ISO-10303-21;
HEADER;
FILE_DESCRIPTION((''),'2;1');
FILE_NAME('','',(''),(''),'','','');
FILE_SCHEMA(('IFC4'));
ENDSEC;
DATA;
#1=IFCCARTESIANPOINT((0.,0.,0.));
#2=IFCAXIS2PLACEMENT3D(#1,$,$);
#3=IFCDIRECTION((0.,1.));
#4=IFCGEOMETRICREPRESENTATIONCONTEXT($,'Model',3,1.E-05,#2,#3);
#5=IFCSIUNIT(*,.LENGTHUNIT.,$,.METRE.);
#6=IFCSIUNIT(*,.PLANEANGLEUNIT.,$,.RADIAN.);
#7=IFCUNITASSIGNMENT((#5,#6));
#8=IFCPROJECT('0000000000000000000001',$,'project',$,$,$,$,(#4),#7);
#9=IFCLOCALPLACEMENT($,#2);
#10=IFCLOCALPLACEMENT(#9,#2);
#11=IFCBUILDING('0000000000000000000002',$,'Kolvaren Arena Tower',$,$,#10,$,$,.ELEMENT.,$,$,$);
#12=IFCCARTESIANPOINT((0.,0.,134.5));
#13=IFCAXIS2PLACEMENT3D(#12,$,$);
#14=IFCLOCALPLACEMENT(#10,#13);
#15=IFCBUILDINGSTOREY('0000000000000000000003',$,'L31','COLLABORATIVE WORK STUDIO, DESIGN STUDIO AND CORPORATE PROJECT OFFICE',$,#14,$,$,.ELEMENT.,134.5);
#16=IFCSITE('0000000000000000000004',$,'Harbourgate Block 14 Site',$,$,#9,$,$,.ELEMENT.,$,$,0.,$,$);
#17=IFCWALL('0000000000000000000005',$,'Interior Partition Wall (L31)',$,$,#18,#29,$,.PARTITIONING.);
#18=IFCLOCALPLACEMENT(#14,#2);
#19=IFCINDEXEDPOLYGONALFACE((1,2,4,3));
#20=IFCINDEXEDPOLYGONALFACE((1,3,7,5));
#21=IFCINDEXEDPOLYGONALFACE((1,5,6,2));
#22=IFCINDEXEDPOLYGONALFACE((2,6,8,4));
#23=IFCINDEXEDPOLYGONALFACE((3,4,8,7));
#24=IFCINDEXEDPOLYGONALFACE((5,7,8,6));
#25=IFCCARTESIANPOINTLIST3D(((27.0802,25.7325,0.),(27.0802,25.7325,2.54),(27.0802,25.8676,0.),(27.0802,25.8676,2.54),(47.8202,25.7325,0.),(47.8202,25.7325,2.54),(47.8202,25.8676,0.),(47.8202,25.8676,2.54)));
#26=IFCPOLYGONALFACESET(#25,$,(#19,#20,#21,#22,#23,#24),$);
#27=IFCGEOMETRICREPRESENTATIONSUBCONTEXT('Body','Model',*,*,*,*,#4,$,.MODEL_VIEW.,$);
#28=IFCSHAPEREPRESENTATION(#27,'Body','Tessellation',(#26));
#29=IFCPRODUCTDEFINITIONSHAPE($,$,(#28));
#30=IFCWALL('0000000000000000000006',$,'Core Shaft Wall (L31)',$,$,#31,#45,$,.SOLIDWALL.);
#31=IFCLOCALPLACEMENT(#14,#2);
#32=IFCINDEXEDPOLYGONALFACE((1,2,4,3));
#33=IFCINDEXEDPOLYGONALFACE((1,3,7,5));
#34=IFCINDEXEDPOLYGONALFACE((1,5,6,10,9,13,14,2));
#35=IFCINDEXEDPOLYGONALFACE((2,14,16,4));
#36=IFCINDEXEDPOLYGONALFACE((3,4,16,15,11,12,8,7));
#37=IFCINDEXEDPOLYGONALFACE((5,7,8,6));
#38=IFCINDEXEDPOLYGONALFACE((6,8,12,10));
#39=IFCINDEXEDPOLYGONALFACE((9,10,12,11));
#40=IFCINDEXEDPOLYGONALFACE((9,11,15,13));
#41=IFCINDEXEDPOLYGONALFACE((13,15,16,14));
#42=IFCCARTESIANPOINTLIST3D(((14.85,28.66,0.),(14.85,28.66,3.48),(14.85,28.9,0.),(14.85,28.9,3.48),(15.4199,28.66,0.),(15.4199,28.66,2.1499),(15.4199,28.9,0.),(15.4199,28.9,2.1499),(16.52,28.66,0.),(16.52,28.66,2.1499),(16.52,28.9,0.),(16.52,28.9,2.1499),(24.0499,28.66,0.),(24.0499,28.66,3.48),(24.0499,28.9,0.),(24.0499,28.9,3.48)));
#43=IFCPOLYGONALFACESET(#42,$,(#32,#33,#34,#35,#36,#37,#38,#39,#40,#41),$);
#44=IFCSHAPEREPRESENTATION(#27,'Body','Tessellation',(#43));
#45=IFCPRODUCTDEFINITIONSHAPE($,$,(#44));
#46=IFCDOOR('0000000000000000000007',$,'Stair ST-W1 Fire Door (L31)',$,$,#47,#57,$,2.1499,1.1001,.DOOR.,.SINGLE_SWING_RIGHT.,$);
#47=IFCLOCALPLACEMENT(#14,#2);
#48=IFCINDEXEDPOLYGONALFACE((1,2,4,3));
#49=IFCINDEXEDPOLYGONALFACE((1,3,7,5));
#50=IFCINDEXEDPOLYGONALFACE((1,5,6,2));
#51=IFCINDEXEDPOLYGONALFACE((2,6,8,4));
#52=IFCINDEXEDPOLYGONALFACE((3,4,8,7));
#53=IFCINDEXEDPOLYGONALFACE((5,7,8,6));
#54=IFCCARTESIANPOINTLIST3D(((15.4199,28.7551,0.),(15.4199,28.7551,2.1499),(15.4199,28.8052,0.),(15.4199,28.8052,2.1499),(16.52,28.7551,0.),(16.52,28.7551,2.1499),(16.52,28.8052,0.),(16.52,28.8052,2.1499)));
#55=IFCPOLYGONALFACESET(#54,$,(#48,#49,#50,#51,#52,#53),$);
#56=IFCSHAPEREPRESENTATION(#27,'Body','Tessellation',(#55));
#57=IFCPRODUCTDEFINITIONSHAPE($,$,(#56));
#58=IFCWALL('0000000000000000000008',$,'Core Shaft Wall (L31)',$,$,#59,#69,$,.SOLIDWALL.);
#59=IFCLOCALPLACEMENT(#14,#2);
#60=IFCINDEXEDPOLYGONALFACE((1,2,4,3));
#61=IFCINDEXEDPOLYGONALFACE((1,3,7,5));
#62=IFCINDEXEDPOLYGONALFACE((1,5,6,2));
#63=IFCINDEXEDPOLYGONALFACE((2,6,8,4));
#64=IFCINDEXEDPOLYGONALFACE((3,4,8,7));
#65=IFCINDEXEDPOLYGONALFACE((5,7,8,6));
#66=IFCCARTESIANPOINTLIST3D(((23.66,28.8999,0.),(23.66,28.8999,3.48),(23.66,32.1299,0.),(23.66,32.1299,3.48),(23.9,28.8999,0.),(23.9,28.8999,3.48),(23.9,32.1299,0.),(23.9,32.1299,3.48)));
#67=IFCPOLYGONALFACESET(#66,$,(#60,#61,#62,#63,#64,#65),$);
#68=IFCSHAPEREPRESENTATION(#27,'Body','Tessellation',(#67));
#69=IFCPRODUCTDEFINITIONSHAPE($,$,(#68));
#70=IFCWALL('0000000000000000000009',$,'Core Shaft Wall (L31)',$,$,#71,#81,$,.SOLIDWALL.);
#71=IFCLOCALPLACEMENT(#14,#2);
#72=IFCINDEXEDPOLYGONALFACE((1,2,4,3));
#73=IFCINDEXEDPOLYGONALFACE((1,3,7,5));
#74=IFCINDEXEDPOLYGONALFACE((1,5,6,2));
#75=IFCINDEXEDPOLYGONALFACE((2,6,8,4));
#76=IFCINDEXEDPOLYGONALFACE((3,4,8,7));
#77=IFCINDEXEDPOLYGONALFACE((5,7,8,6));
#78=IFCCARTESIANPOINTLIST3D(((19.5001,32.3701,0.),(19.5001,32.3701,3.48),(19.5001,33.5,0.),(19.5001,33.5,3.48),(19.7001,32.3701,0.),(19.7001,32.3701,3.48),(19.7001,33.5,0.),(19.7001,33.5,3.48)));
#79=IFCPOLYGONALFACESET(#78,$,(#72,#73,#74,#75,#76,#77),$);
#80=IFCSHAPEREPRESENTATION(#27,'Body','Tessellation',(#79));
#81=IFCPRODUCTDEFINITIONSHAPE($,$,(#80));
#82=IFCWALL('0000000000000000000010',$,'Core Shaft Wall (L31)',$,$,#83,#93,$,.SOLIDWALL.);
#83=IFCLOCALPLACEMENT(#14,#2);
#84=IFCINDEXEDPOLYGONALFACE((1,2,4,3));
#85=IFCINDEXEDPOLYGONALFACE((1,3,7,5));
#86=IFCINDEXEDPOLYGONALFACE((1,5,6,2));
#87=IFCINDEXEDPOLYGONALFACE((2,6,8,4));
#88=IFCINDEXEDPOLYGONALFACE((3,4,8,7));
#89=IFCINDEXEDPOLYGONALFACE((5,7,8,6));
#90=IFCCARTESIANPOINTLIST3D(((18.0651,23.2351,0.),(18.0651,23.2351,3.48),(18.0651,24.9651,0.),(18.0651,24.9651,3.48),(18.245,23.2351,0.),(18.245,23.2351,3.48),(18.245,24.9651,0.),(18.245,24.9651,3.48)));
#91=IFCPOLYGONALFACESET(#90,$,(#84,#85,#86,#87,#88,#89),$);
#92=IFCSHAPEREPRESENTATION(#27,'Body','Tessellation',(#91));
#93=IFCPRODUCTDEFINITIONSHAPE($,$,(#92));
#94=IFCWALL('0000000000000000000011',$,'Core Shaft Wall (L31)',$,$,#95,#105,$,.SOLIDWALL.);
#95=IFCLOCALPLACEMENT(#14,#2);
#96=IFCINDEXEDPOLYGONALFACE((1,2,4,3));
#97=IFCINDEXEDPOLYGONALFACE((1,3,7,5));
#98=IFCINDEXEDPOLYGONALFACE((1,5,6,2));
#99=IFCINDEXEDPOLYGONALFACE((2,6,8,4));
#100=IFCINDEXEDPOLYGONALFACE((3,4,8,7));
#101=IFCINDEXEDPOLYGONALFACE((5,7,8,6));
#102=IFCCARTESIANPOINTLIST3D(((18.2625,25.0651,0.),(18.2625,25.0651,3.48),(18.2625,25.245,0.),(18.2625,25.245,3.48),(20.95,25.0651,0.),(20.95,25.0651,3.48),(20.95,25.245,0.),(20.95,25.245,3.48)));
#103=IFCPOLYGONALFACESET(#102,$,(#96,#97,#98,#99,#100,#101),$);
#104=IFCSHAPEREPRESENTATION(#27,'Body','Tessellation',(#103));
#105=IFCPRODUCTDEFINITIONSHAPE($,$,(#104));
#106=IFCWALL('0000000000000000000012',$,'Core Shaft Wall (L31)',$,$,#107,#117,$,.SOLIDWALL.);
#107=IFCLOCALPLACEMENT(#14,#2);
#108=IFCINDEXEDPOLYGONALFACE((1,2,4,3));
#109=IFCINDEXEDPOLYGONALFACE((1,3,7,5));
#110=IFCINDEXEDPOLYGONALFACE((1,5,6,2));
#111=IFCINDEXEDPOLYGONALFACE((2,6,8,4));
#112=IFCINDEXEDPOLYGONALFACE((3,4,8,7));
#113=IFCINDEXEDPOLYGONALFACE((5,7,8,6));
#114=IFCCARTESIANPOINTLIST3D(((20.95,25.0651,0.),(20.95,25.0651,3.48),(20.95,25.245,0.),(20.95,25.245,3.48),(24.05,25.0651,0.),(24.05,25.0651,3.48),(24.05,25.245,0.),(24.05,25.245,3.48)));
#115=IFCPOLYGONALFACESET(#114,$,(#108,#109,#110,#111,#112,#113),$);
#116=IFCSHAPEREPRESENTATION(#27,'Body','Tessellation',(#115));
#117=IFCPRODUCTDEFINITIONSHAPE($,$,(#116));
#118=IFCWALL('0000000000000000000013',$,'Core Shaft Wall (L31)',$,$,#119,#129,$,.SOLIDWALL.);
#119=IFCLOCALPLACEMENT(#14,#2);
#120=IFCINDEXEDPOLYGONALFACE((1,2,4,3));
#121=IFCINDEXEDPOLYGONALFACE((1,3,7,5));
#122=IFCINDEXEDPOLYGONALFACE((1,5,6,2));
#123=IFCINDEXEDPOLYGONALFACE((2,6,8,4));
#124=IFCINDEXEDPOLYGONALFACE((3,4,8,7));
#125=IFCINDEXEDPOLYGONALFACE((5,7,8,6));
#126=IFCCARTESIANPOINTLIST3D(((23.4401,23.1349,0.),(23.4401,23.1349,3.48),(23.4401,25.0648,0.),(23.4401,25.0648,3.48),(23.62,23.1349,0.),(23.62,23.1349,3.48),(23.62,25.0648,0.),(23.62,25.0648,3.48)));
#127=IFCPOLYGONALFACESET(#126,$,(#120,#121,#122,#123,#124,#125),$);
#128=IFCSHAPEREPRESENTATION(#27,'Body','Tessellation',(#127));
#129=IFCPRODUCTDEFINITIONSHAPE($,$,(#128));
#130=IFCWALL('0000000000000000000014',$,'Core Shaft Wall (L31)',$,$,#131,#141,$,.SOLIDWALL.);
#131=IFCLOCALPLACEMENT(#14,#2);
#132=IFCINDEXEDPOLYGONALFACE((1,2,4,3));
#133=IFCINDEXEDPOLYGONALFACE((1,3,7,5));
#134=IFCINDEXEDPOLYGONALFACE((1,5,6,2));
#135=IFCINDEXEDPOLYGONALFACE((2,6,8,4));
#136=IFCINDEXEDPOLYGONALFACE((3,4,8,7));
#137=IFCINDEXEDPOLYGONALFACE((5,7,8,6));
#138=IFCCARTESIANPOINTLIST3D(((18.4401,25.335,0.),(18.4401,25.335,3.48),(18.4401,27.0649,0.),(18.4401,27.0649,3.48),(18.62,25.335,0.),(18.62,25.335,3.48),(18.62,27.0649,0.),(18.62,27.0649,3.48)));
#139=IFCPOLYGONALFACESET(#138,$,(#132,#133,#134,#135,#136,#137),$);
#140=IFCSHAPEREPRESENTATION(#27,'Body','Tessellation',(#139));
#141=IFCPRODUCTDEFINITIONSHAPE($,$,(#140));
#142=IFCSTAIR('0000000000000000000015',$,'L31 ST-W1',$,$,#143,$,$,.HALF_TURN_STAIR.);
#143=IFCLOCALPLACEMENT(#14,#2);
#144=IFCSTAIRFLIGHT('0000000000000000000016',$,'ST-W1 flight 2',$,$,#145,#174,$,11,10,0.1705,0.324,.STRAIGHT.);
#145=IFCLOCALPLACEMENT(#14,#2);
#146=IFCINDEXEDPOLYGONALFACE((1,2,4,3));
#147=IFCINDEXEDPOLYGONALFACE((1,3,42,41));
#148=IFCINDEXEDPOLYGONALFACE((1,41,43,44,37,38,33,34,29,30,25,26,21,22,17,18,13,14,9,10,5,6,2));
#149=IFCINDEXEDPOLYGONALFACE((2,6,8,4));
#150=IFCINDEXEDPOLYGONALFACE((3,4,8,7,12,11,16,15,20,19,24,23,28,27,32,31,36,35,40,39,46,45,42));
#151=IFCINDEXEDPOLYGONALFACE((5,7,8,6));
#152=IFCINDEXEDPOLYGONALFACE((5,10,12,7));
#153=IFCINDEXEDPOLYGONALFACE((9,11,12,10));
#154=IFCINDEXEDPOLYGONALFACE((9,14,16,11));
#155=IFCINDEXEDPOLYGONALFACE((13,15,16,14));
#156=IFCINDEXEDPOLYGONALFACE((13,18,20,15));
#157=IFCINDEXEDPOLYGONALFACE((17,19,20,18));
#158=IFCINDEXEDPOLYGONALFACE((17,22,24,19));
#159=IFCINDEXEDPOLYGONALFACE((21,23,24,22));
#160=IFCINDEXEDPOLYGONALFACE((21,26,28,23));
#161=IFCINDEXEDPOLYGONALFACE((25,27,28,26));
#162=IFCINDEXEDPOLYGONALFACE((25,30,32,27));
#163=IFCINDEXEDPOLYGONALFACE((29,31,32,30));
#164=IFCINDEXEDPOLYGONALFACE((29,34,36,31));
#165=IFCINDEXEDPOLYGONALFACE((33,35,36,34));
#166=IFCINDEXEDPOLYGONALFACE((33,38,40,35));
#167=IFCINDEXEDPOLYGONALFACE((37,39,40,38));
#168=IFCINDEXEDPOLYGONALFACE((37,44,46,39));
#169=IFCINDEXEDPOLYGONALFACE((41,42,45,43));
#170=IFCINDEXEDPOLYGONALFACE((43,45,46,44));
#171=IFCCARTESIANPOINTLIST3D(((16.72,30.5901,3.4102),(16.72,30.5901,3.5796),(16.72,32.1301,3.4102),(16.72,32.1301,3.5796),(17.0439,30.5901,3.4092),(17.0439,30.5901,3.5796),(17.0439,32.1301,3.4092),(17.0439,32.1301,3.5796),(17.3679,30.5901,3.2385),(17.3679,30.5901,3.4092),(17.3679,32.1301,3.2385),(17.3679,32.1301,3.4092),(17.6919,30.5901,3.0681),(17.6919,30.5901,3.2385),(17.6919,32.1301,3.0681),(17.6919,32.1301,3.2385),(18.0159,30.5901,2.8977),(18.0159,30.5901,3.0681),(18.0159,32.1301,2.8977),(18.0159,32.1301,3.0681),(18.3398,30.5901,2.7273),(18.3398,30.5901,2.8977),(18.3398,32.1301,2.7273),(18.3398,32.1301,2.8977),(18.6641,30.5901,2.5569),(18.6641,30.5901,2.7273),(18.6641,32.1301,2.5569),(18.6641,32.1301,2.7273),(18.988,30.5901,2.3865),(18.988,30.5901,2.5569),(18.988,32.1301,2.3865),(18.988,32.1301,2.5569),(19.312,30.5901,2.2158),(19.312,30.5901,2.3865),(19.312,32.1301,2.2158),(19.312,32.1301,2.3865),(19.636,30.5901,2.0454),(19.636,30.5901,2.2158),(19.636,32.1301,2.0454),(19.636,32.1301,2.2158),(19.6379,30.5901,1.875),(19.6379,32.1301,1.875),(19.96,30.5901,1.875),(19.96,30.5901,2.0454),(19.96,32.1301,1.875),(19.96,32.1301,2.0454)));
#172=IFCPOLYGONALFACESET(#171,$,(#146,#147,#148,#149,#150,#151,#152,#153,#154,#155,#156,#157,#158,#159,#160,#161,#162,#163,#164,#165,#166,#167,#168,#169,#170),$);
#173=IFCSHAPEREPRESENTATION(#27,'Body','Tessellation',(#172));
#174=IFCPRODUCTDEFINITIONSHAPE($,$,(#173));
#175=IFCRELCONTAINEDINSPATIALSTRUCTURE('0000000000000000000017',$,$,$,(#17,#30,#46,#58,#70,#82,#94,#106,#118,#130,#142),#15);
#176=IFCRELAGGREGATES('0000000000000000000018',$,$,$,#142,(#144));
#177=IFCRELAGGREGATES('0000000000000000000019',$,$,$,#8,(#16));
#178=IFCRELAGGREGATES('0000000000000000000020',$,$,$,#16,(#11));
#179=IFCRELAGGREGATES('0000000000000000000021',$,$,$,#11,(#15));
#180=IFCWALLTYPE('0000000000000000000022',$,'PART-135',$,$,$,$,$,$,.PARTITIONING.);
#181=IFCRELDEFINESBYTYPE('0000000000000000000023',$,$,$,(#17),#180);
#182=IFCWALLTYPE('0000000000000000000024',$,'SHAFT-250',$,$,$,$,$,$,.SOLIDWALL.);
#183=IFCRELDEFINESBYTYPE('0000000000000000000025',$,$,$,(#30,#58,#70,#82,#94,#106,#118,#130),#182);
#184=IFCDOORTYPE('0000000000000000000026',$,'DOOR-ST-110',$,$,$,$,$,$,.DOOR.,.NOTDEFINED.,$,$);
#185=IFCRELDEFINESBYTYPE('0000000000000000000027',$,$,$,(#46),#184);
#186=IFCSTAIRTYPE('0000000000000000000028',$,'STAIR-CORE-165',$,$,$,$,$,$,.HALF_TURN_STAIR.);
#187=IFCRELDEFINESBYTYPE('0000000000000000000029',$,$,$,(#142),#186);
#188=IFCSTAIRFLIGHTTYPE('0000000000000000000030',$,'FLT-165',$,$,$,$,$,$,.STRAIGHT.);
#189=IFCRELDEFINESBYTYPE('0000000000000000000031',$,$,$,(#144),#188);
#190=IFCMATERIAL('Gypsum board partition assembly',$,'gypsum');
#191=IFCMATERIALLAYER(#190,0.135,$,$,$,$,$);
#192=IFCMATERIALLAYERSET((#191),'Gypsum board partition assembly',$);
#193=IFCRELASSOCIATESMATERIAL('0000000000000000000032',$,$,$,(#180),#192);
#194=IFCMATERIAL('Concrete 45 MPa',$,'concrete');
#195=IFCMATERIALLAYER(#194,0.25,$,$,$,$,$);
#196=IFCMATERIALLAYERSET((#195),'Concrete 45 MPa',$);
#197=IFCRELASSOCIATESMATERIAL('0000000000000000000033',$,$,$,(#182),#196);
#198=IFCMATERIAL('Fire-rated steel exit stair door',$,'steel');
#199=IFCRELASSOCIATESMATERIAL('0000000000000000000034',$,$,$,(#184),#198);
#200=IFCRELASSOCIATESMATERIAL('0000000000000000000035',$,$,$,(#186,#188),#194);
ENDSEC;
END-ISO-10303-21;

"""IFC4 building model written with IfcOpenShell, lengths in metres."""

from ifc_helpers import new_model, si_unit, direction, frame, frame_2d, origin, place, context, subcontext, project, spatial, polyline, rectangle, outline, extrude, material, layer, layer_set, type_object, element, fill, aggregate, save


model = new_model("IFC4")

# Units and contexts
model_context = context("Model", 3, precision=1e-05, world=origin(), true_north=direction((0.0, 1.0)))
body_context = subcontext(model_context, "Body", "Model", "MODEL_VIEW")
ifc_project = project(units=[si_unit("LENGTHUNIT", "METRE"), si_unit("PLANEANGLEUNIT", "RADIAN")], contexts=[model_context])

# Site, building, storey
site_placement = place(None, origin())
site = spatial("IfcSite", under=ifc_project, at=site_placement, Name="Harbourgate Block 14 Site", CompositionType="ELEMENT", RefElevation=0.0)
building_placement = place(site_placement, origin())
building = spatial("IfcBuilding", under=site, at=building_placement, Name="Kolvaren Arena Tower", CompositionType="ELEMENT")
storey_placement = place(building_placement, frame((0.0, 0.0, 134.5)))
storey = spatial("IfcBuildingStorey", under=building, at=storey_placement, Name="L31", Description="COLLABORATIVE WORK STUDIO, DESIGN STUDIO AND CORPORATE PROJECT OFFICE", CompositionType="ELEMENT", Elevation=134.5)

# Wall
ifc_material_1 = material(Name="Gypsum board partition assembly", Category="gypsum")
ifc_layer_1 = layer(ifc_material_1, 0.135)
ifc_layer_set_1 = layer_set([ifc_layer_1], Name="Gypsum board partition assembly")
wall_type_1 = type_object("IfcWallType", Name="PART-135", PredefinedType="PARTITIONING", material=ifc_layer_set_1)
wall_1_placement = place(storey_placement, frame((27.0801, 25.8, 0.0), z_axis=(0.0, 0.0, 1.0), x_axis=(1.0, 0.0, 0.0)))
element("IfcWall", 1, at=wall_1_placement, inside=storey, type_object=wall_type_1, Name="Interior Partition Wall (L31)", PredefinedType="PARTITIONING", context=body_context, shape_type="SweptSolid", body=[
    extrude(rectangle(XDim=20.74, YDim=0.135, at=frame_2d((10.3701, 0.0))), origin(), (0.0, 0.0, 1.0), 2.54),
])

# Wall, opening, door
ifc_material_2 = material(Name="Concrete 45 MPa", Category="concrete")
ifc_layer_2 = layer(ifc_material_2, 0.25)
ifc_layer_set_2 = layer_set([ifc_layer_2], Name="Concrete 45 MPa")
wall_type_2 = type_object("IfcWallType", Name="SHAFT-250", PredefinedType="SOLIDWALL", material=ifc_layer_set_2)
wall_2_placement = place(storey_placement, frame((24.05, 28.78, 0.0), z_axis=(0.0, 0.0, 1.0), x_axis=(-1.0, 0.0, 0.0)))
wall_2 = element("IfcWall", 2, at=wall_2_placement, inside=storey, type_object=wall_type_2, Name="Core Shaft Wall (L31)", PredefinedType="SOLIDWALL", context=body_context, shape_type="SweptSolid", body=[
    extrude(rectangle(XDim=9.2, YDim=0.24, at=frame_2d((4.6001, 0.0))), origin(), (0.0, 0.0, 1.0), 3.48),
])
opening_placement = place(wall_2_placement, frame((7.53, 0.0, 0.0)))
opening = element("IfcOpeningElement", 3, at=opening_placement, cuts=wall_2, PredefinedType="OPENING", context=body_context, shape_type="SweptSolid", body=[
    extrude(rectangle(XDim=1.1001, YDim=2.1499, at=frame_2d((0.55, 1.075))), frame((0.0, 0.1299, 0.0), z_axis=(0.0, -1.0, 0.0), x_axis=(1.0, 0.0, 0.0)), (0.0, 0.0, 1.0), 0.26),
])
ifc_material_3 = material(Name="Fire-rated steel exit stair door", Category="steel")
door_type = type_object("IfcDoorType", Name="DOOR-ST-110", OperationType="NOTDEFINED", PredefinedType="DOOR", material=ifc_material_3)
door_placement = place(opening_placement, origin())
door = element("IfcDoor", 4, at=door_placement, inside=storey, type_object=door_type, Name="Stair ST-W1 Fire Door (L31)", OperationType="SINGLE_SWING_RIGHT", OverallHeight=2.1499, OverallWidth=1.1001, PredefinedType="DOOR", context=body_context, shape_type="SweptSolid", body=[
    extrude(rectangle(XDim=1.1001, YDim=2.1499, at=frame_2d((0.55, 1.075))), frame((0.0, 0.0249, 0.0), z_axis=(0.0, -1.0, 0.0), x_axis=(1.0, 0.0, 0.0)), (0.0, 0.0, 1.0), 0.05),
])
fill(opening, door)

# Walls
wall_3_placement = place(storey_placement, frame((23.78, 28.8999, 0.0), z_axis=(0.0, 0.0, 1.0), x_axis=(0.0, 1.0, 0.0)))
element("IfcWall", 5, at=wall_3_placement, inside=storey, type_object=wall_type_2, Name="Core Shaft Wall (L31)", PredefinedType="SOLIDWALL", context=body_context, shape_type="SweptSolid", body=[
    extrude(rectangle(XDim=3.23, YDim=0.24, at=frame_2d((1.615, 0.0))), origin(), (0.0, 0.0, 1.0), 3.48),
])
wall_4_placement = place(storey_placement, frame((19.6001, 32.3701, 0.0), z_axis=(0.0, 0.0, 1.0), x_axis=(0.0, 1.0, 0.0)))
element("IfcWall", 6, at=wall_4_placement, inside=storey, type_object=wall_type_2, Name="Core Shaft Wall (L31)", PredefinedType="SOLIDWALL", context=body_context, shape_type="SweptSolid", body=[
    extrude(rectangle(XDim=1.1299, YDim=0.2, at=frame_2d((0.5649, 0.0))), origin(), (0.0, 0.0, 1.0), 3.48),
])
wall_5_placement = place(storey_placement, frame((18.155, 23.2351, 0.0), z_axis=(0.0, 0.0, 1.0), x_axis=(0.0, 1.0, 0.0)))
element("IfcWall", 7, at=wall_5_placement, inside=storey, type_object=wall_type_2, Name="Core Shaft Wall (L31)", PredefinedType="SOLIDWALL", context=body_context, shape_type="SweptSolid", body=[
    extrude(rectangle(XDim=1.73, YDim=0.1799, at=frame_2d((0.865, 0.0))), origin(), (0.0, 0.0, 1.0), 3.48),
])
wall_6_placement = place(storey_placement, frame((18.2625, 25.155, 0.0), z_axis=(0.0, 0.0, 1.0), x_axis=(1.0, 0.0, 0.0)))
element("IfcWall", 8, at=wall_6_placement, inside=storey, type_object=wall_type_2, Name="Core Shaft Wall (L31)", PredefinedType="SOLIDWALL", context=body_context, shape_type="SweptSolid", body=[
    extrude(rectangle(XDim=2.6875, YDim=0.1799, at=frame_2d((1.3438, 0.0))), origin(), (0.0, 0.0, 1.0), 3.48),
])
wall_7_placement = place(storey_placement, frame((20.95, 25.155, 0.0), z_axis=(0.0, 0.0, 1.0), x_axis=(1.0, 0.0, 0.0)))
element("IfcWall", 9, at=wall_7_placement, inside=storey, type_object=wall_type_2, Name="Core Shaft Wall (L31)", PredefinedType="SOLIDWALL", context=body_context, shape_type="SweptSolid", body=[
    extrude(rectangle(XDim=3.1001, YDim=0.1799, at=frame_2d((1.55, 0.0))), origin(), (0.0, 0.0, 1.0), 3.48),
])
wall_8_placement = place(storey_placement, frame((23.53, 23.135, 0.0), z_axis=(0.0, 0.0, 1.0), x_axis=(0.0, 1.0, 0.0)))
element("IfcWall", 10, at=wall_8_placement, inside=storey, type_object=wall_type_2, Name="Core Shaft Wall (L31)", PredefinedType="SOLIDWALL", context=body_context, shape_type="SweptSolid", body=[
    extrude(rectangle(XDim=1.9299, YDim=0.1799, at=frame_2d((0.9648, 0.0))), origin(), (0.0, 0.0, 1.0), 3.48),
])
wall_9_placement = place(storey_placement, frame((18.53, 25.335, 0.0), z_axis=(0.0, 0.0, 1.0), x_axis=(0.0, 1.0, 0.0)))
element("IfcWall", 11, at=wall_9_placement, inside=storey, type_object=wall_type_2, Name="Core Shaft Wall (L31)", PredefinedType="SOLIDWALL", context=body_context, shape_type="SweptSolid", body=[
    extrude(rectangle(XDim=1.73, YDim=0.1799, at=frame_2d((0.865, 0.0))), origin(), (0.0, 0.0, 1.0), 3.48),
])

# Stair, stair flight
stair_type = type_object("IfcStairType", Name="STAIR-CORE-165", PredefinedType="HALF_TURN_STAIR", material=ifc_material_2)
stair_placement = place(storey_placement, origin())
stair = element("IfcStair", 12, at=stair_placement, inside=storey, type_object=stair_type, Name="L31 ST-W1", PredefinedType="HALF_TURN_STAIR")
stair_flight_type = type_object("IfcStairFlightType", Name="FLT-165", PredefinedType="STRAIGHT", material=ifc_material_2)
stair_flight_placement = place(storey_placement, frame((19.96, 31.3601, 1.875), z_axis=(0.0, 0.0, 1.0), x_axis=(-1.0, 0.0, 0.0)))
stair_flight = element("IfcStairFlight", 13, at=stair_flight_placement, type_object=stair_flight_type, Name="ST-W1 flight 2", NumberOfRisers=11, NumberOfTreads=10, PredefinedType="STRAIGHT", RiserHeight=0.1705, TreadLength=0.324, context=body_context, shape_type="SweptSolid", body=[
    extrude(outline(polyline([(0.0, 0.0), (0.0, 0.1704), (0.324, 0.1704), (0.324, 0.3408), (0.6479, 0.3408), (0.6479, 0.5115), (0.9719, 0.5115), (0.9719, 0.6819), (1.2959, 0.6819), (1.2959, 0.8523), (1.6201, 0.8523), (1.6201, 1.0227), (1.9441, 1.0227), (1.9441, 1.1931), (2.2681, 1.1931), (2.2681, 1.3635), (2.592, 1.3635), (2.592, 1.5342), (2.916, 1.5342), (2.916, 1.7046), (3.24, 1.7046), (3.24, 1.875), (3.24, 1.5352), (0.322, 0.0), (0.0, 0.0)])), frame((0.0, 0.77, 0.0), z_axis=(0.0, -1.0, 0.0), x_axis=(1.0, 0.0, 0.0)), (0.0, 0.0, 1.0), 1.54),
])
aggregate(stair, [stair_flight])

save(model, "model.ifc")
